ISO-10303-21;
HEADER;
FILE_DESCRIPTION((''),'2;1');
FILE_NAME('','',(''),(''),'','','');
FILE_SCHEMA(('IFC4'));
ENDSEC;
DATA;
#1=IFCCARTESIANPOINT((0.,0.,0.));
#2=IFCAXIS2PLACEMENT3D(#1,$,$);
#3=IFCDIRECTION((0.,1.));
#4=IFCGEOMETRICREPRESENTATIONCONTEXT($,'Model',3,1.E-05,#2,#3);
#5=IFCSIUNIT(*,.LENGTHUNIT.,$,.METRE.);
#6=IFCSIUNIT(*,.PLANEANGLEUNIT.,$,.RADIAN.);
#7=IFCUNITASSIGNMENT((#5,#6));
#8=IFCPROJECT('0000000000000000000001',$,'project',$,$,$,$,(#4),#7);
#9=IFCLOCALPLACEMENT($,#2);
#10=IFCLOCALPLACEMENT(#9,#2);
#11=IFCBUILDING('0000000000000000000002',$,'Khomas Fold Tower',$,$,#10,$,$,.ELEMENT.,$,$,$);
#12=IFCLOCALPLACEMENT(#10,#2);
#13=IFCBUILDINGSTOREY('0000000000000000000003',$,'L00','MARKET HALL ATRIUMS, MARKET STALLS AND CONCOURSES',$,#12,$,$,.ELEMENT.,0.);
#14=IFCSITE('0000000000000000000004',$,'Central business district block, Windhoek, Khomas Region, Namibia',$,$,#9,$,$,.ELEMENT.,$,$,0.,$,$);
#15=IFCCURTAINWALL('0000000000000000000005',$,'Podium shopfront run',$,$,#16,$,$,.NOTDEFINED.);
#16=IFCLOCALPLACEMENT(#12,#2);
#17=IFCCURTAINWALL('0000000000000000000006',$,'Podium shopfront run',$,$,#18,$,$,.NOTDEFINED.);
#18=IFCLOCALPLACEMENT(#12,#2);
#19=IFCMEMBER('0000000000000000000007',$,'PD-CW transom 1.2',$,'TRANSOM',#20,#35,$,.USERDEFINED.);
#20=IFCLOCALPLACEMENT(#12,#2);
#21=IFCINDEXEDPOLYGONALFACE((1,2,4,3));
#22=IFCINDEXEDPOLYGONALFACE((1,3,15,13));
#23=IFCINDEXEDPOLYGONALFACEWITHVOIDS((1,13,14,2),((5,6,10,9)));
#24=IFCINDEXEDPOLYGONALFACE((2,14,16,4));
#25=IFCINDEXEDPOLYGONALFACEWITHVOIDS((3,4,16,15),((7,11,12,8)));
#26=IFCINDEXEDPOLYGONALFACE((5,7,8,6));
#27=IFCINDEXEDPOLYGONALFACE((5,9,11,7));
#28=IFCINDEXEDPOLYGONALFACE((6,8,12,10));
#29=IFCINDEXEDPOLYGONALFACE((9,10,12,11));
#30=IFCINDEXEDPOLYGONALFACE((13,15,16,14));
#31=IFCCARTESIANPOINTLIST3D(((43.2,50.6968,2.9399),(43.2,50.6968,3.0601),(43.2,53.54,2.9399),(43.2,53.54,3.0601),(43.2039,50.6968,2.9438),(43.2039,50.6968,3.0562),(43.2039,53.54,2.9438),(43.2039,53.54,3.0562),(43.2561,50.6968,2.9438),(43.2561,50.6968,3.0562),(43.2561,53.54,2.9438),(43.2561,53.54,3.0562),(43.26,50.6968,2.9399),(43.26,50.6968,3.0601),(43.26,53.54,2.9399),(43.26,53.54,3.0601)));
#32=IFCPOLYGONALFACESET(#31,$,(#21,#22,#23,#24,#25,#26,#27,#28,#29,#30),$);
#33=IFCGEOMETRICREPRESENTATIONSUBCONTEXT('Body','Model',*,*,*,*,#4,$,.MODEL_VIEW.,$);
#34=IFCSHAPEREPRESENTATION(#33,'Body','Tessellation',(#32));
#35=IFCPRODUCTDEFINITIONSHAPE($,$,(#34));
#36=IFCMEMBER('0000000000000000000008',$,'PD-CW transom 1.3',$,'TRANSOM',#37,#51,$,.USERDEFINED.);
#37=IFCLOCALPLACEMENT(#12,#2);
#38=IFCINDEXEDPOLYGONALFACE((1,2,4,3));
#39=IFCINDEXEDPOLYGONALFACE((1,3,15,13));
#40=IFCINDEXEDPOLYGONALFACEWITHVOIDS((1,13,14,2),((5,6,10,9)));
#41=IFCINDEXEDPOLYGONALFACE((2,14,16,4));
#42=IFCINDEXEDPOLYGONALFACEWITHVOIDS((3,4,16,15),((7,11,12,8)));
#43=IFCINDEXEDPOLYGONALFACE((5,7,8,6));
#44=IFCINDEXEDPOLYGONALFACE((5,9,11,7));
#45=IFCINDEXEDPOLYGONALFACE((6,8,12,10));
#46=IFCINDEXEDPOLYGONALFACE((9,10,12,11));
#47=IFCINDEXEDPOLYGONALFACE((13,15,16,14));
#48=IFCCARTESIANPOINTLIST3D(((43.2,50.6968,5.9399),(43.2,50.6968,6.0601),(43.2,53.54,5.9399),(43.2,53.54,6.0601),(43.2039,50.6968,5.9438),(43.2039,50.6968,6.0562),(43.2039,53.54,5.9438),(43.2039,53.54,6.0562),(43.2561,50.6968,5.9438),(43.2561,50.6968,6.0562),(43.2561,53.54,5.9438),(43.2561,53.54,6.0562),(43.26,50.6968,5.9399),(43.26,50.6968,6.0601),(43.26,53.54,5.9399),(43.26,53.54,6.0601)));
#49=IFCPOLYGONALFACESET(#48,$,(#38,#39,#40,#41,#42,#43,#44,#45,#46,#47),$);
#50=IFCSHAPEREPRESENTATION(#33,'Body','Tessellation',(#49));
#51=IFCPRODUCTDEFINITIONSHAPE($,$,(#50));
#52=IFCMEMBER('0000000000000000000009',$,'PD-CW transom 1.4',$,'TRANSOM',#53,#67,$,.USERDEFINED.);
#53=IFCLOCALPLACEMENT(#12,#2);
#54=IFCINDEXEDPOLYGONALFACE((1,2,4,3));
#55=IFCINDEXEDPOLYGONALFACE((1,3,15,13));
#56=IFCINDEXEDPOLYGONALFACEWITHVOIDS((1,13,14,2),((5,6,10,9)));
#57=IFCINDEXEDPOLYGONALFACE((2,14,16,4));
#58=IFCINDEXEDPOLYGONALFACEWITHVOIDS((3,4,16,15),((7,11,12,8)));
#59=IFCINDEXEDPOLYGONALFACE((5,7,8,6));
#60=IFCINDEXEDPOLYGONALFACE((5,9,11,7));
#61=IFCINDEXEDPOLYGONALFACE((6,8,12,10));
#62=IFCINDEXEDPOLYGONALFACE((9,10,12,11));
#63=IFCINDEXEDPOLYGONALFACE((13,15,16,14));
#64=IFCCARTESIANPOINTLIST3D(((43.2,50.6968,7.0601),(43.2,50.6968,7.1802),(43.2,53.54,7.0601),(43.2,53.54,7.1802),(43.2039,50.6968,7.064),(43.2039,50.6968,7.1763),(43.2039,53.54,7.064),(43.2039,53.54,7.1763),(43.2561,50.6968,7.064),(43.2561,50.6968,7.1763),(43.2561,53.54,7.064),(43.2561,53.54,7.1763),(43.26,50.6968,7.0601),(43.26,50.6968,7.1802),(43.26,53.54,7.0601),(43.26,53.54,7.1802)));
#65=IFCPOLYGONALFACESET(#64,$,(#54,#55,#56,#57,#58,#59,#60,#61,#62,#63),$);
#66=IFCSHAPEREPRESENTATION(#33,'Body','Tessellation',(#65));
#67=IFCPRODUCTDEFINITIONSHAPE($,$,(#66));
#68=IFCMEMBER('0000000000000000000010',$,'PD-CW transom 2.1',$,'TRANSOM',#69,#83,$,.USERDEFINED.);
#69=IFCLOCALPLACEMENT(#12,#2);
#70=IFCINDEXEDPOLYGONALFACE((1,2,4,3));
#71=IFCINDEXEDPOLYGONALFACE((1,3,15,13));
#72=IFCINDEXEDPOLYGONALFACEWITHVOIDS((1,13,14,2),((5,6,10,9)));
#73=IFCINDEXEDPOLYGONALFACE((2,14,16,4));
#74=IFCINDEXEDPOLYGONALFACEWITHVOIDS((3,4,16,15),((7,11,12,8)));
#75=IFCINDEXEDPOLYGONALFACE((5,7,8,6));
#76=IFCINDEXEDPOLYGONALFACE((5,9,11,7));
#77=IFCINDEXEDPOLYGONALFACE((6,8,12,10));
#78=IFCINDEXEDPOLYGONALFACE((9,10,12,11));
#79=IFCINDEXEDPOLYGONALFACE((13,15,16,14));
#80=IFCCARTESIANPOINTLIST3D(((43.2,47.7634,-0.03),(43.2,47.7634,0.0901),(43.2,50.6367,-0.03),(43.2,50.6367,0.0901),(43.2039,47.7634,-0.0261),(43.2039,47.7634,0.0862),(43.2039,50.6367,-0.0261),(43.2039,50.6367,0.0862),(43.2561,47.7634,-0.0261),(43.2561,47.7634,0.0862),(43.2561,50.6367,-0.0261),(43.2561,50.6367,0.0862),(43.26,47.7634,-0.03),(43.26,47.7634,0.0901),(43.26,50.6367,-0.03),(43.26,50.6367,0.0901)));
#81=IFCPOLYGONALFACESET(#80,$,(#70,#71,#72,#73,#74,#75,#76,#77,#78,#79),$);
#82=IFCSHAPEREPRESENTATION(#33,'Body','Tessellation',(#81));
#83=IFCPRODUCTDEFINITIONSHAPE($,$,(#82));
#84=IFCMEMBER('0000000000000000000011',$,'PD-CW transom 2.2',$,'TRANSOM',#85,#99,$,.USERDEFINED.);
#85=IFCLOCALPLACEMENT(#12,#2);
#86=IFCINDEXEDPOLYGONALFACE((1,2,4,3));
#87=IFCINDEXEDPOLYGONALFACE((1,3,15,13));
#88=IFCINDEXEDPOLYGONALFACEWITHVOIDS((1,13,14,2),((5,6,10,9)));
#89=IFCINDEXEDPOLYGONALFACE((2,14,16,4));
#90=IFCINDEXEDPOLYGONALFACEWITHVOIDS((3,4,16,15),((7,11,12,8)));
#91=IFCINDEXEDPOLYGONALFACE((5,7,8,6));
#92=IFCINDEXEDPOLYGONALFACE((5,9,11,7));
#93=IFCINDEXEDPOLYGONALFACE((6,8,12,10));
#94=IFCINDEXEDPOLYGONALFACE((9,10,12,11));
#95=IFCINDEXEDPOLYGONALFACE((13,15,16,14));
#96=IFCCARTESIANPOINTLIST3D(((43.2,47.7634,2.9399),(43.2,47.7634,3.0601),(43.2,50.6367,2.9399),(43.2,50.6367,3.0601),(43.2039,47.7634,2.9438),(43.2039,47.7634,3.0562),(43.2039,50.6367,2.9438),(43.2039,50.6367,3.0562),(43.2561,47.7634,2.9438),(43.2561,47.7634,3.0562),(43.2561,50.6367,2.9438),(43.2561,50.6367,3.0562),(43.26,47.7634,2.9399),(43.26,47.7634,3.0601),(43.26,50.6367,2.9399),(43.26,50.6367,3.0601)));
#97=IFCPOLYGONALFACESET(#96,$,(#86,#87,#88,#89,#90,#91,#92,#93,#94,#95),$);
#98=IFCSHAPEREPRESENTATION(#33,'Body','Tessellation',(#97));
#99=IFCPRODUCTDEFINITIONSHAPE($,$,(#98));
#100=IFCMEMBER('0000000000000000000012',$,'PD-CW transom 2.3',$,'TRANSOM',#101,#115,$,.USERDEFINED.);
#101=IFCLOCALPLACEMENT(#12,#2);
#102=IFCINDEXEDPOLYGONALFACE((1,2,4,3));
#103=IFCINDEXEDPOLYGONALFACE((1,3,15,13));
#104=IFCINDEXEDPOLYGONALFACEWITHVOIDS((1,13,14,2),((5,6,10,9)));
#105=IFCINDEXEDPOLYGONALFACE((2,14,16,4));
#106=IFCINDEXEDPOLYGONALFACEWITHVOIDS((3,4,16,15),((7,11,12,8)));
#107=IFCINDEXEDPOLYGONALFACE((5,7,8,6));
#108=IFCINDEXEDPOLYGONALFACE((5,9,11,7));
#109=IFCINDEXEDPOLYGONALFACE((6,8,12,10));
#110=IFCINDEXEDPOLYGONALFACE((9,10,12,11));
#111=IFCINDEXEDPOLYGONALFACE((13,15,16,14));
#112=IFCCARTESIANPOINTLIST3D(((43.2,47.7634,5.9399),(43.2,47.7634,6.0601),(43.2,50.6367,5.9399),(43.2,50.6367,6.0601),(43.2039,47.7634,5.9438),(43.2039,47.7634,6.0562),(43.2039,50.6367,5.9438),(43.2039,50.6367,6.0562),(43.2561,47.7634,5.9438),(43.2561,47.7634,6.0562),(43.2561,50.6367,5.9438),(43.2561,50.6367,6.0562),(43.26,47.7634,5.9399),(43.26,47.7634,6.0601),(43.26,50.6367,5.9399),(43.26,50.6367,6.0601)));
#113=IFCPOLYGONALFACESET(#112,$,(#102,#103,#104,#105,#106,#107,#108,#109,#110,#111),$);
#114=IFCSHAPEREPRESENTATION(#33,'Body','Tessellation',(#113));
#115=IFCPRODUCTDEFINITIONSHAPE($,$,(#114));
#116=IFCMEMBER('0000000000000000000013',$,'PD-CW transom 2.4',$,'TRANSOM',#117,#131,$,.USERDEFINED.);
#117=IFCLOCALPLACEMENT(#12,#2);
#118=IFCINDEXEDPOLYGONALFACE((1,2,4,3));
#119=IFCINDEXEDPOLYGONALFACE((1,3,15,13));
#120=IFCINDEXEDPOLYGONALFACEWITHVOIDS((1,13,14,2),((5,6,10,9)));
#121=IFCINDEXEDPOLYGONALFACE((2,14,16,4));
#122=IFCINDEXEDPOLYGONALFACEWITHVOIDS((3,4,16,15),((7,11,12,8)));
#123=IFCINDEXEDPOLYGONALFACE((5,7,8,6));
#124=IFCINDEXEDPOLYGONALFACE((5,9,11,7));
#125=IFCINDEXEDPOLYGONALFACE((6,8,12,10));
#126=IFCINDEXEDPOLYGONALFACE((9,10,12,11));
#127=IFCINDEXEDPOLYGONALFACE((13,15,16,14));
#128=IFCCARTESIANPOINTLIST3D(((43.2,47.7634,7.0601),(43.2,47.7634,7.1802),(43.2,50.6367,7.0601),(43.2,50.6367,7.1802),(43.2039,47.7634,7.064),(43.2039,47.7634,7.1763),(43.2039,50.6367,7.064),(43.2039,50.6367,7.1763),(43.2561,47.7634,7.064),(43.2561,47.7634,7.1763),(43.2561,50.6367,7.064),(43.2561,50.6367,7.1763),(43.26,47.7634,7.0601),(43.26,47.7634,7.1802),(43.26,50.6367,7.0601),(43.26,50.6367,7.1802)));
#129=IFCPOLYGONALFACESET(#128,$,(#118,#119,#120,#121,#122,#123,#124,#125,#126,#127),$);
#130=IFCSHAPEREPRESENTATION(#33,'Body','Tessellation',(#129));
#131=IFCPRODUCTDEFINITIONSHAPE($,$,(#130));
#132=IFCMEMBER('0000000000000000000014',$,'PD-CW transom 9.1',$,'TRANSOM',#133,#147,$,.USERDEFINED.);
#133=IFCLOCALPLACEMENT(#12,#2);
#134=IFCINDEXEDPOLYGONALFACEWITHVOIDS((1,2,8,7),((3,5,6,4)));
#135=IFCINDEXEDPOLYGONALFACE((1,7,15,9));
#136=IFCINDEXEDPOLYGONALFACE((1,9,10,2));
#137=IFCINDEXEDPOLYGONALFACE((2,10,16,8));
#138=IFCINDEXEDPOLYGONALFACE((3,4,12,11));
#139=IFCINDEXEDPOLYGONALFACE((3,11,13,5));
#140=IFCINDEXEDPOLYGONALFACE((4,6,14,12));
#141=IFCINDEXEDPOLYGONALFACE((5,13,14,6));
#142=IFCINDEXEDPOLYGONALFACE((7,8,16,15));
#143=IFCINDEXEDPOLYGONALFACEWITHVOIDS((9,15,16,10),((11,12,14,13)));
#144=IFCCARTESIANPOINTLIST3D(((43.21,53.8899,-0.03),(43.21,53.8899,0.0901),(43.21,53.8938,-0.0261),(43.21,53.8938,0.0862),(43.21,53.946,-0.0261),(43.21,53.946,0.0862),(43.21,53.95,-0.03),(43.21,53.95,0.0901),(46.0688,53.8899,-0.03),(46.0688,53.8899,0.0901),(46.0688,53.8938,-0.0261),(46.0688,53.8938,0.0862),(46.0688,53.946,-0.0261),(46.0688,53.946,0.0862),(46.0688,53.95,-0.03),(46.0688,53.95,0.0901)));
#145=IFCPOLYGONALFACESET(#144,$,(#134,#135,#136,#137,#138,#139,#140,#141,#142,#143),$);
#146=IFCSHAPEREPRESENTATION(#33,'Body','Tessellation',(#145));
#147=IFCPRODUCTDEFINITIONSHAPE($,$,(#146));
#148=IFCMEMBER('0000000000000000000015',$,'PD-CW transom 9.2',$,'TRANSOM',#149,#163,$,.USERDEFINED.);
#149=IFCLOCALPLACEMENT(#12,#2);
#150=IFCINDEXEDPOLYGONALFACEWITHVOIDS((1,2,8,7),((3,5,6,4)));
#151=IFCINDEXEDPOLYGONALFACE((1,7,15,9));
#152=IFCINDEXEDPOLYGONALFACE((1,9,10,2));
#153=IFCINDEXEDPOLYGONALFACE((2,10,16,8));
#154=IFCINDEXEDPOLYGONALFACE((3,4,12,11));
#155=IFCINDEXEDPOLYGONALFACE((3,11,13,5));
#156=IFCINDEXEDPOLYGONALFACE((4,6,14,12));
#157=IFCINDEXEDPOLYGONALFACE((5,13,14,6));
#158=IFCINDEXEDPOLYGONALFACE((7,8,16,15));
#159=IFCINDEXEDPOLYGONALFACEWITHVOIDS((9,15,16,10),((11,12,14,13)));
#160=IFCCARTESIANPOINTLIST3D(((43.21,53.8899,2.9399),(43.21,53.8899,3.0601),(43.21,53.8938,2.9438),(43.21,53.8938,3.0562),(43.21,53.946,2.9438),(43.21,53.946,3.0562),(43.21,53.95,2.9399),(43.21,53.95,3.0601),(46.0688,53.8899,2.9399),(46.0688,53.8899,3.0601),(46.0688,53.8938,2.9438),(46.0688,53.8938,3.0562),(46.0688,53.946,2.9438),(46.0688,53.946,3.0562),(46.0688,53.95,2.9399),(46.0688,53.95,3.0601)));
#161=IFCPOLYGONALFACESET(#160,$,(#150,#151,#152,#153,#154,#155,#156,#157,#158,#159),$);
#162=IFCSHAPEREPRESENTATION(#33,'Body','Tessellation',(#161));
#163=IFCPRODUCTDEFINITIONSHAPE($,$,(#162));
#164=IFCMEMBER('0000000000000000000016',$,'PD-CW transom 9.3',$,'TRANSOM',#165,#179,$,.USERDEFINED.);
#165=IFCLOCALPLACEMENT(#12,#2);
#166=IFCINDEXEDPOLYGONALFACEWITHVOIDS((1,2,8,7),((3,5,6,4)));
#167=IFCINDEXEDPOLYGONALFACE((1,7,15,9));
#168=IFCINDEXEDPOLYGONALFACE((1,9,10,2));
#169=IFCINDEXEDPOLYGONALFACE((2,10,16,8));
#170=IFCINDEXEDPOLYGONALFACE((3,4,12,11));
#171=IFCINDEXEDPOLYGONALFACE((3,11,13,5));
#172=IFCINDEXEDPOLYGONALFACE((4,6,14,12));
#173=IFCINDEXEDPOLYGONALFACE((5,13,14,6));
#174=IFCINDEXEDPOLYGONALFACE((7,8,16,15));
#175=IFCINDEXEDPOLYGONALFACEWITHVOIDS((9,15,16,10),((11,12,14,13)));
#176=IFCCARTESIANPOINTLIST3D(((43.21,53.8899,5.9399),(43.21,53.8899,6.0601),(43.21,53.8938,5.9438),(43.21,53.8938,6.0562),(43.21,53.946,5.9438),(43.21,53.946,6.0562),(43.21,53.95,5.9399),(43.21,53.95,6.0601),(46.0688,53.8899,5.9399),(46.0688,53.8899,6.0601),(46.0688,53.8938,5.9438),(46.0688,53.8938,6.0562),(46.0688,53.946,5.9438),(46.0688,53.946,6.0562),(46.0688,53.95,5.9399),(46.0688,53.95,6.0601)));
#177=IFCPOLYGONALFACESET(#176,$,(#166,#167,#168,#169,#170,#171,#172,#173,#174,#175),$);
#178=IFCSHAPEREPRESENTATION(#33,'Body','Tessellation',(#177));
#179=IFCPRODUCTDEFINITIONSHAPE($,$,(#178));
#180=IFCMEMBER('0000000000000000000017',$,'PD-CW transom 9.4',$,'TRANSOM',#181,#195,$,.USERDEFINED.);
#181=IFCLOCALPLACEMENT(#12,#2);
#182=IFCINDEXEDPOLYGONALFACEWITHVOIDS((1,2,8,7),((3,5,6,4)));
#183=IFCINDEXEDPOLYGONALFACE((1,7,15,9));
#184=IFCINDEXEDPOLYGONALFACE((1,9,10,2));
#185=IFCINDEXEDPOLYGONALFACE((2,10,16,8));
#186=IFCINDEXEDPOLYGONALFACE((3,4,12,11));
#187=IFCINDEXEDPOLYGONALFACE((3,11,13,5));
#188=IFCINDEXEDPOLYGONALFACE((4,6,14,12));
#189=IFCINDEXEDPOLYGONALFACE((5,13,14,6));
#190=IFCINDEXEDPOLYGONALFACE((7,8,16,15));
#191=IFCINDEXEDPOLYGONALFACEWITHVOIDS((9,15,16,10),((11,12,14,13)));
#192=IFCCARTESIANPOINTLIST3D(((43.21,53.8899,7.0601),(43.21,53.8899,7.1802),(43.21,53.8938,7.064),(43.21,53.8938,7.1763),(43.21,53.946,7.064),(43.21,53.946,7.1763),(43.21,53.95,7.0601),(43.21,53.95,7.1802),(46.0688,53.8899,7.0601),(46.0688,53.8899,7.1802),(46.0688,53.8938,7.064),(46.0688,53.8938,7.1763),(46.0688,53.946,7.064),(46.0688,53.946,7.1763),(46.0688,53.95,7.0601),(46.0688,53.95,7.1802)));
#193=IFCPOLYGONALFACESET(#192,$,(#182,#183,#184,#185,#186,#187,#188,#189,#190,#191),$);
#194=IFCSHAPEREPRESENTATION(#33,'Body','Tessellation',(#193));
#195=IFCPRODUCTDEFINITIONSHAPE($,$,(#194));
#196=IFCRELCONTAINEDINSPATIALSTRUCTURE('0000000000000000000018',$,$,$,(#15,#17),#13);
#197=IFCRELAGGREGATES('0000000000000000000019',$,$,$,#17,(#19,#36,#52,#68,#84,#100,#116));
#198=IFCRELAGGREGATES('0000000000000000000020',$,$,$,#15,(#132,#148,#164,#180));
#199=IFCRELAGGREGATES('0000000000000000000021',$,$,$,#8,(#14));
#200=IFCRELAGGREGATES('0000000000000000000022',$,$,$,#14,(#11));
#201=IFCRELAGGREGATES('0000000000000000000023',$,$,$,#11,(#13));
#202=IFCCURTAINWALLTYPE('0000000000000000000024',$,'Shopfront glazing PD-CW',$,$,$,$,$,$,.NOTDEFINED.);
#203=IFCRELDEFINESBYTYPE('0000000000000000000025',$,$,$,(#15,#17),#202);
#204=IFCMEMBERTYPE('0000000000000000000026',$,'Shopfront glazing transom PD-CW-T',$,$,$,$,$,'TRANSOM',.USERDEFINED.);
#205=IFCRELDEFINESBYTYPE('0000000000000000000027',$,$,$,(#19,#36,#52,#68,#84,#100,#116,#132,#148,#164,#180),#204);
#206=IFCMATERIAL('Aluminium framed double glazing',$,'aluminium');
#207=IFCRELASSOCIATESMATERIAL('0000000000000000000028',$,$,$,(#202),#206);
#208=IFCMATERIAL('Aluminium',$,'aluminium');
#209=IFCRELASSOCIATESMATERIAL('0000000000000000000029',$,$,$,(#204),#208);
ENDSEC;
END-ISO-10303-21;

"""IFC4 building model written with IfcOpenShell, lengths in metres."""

from ifc_helpers import new_model, si_unit, direction, frame, origin, origin_2d, place, context, subcontext, project, spatial, hollow_rectangle, extrude, source, transform, mapped, material, material_profile, profile_set, type_object, element, aggregate, save


model = new_model("IFC4")

# Units and contexts
model_context = context("Model", 3, precision=1e-05, world=origin(), true_north=direction((0.0, 1.0)))
body_context = subcontext(model_context, "Body", "Model", "MODEL_VIEW")
ifc_project = project(units=[si_unit("LENGTHUNIT", "METRE"), si_unit("PLANEANGLEUNIT", "RADIAN")], contexts=[model_context])

# Site, building, storey
site_placement = place(None, origin())
site = spatial("IfcSite", under=ifc_project, at=site_placement, Name="Central business district block, Windhoek, Khomas Region, Namibia", CompositionType="ELEMENT", RefElevation=0.0)
building_placement = place(site_placement, origin())
building = spatial("IfcBuilding", under=site, at=building_placement, Name="Khomas Fold Tower", CompositionType="ELEMENT")
storey_placement = place(building_placement, origin())
storey = spatial("IfcBuildingStorey", under=building, at=storey_placement, Name="L00", Description="MARKET HALL ATRIUMS, MARKET STALLS AND CONCOURSES", CompositionType="ELEMENT", Elevation=0.0)

# Curtain walls, members
ifc_material_1 = material(Name="Aluminium framed double glazing", Category="aluminium")
curtain_wall_type = type_object("IfcCurtainWallType", Name="Shopfront glazing PD-CW", PredefinedType="NOTDEFINED", material=ifc_material_1)
curtain_wall_1_placement = place(storey_placement, origin())
curtain_wall_1 = element("IfcCurtainWall", 1, at=curtain_wall_1_placement, inside=storey, type_object=curtain_wall_type, Name="Podium shopfront run", PredefinedType="NOTDEFINED")
curtain_wall_2_placement = place(storey_placement, origin())
curtain_wall_2 = element("IfcCurtainWall", 2, at=curtain_wall_2_placement, inside=storey, type_object=curtain_wall_type, Name="Podium shopfront run", PredefinedType="NOTDEFINED")
ifc_material_2 = material(Name="Aluminium", Category="aluminium")
ifc_material_profile_1 = material_profile(ifc_material_2, hollow_rectangle(XDim=0.0601, YDim=0.1201, WallThickness=0.0039, at=origin_2d()), Name="Shopfront glazing transom PD-CW-T")
ifc_profile_set_1 = profile_set([ifc_material_profile_1], Name="Aluminium")
member_type_1 = type_object("IfcMemberType", Name="Shopfront glazing transom PD-CW-T", ElementType="TRANSOM", PredefinedType="USERDEFINED", material=ifc_profile_set_1)
shared_shape_1 = source(origin(), body_context, "Body", "SweptSolid", [
    extrude(hollow_rectangle(XDim=0.0601, YDim=0.1201, WallThickness=0.0039, at=origin_2d()), origin(), (0.0, 0.0, 1.0), 2.8433),
])
member_1_placement = place(storey_placement, frame((43.23, 53.54, 3.0), z_axis=(0.0, -1.0, 0.0), x_axis=(1.0, 0.0, 0.0)))
member_1 = element("IfcMember", 3, at=member_1_placement, type_object=member_type_1, Name="PD-CW transom 1.2", ObjectType="TRANSOM", PredefinedType="USERDEFINED", context=body_context, shape_type="MappedRepresentation", body=[
    mapped(shared_shape_1, transform((0.0, 0.0, 0.0))),
])
member_2_placement = place(storey_placement, frame((43.23, 53.54, 6.0), z_axis=(0.0, -1.0, 0.0), x_axis=(1.0, 0.0, 0.0)))
member_2 = element("IfcMember", 4, at=member_2_placement, type_object=member_type_1, Name="PD-CW transom 1.3", ObjectType="TRANSOM", PredefinedType="USERDEFINED", context=body_context, shape_type="MappedRepresentation", body=[
    mapped(shared_shape_1, transform((0.0, 0.0, 0.0))),
])
member_3_placement = place(storey_placement, frame((43.23, 53.54, 7.1201), z_axis=(0.0, -1.0, 0.0), x_axis=(1.0, 0.0, 0.0)))
member_3 = element("IfcMember", 5, at=member_3_placement, type_object=member_type_1, Name="PD-CW transom 1.4", ObjectType="TRANSOM", PredefinedType="USERDEFINED", context=body_context, shape_type="MappedRepresentation", body=[
    mapped(shared_shape_1, transform((0.0, 0.0, 0.0))),
])
shared_shape_2 = source(origin(), body_context, "Body", "SweptSolid", [
    extrude(hollow_rectangle(XDim=0.0601, YDim=0.1201, WallThickness=0.0039, at=origin_2d()), origin(), (0.0, 0.0, 1.0), 2.8733),
])
member_4_placement = place(storey_placement, frame((43.23, 50.6367, 0.03), z_axis=(0.0, -1.0, 0.0), x_axis=(1.0, 0.0, 0.0)))
member_4 = element("IfcMember", 6, at=member_4_placement, type_object=member_type_1, Name="PD-CW transom 2.1", ObjectType="TRANSOM", PredefinedType="USERDEFINED", context=body_context, shape_type="MappedRepresentation", body=[
    mapped(shared_shape_2, transform((0.0, 0.0, 0.0))),
])
member_5_placement = place(storey_placement, frame((43.23, 50.6367, 3.0), z_axis=(0.0, -1.0, 0.0), x_axis=(1.0, 0.0, 0.0)))
member_5 = element("IfcMember", 7, at=member_5_placement, type_object=member_type_1, Name="PD-CW transom 2.2", ObjectType="TRANSOM", PredefinedType="USERDEFINED", context=body_context, shape_type="MappedRepresentation", body=[
    mapped(shared_shape_2, transform((0.0, 0.0, 0.0))),
])
member_6_placement = place(storey_placement, frame((43.23, 50.6367, 6.0), z_axis=(0.0, -1.0, 0.0), x_axis=(1.0, 0.0, 0.0)))
member_6 = element("IfcMember", 8, at=member_6_placement, type_object=member_type_1, Name="PD-CW transom 2.3", ObjectType="TRANSOM", PredefinedType="USERDEFINED", context=body_context, shape_type="MappedRepresentation", body=[
    mapped(shared_shape_2, transform((0.0, 0.0, 0.0))),
])
member_7_placement = place(storey_placement, frame((43.23, 50.6367, 7.1201), z_axis=(0.0, -1.0, 0.0), x_axis=(1.0, 0.0, 0.0)))
member_7 = element("IfcMember", 9, at=member_7_placement, type_object=member_type_1, Name="PD-CW transom 2.4", ObjectType="TRANSOM", PredefinedType="USERDEFINED", context=body_context, shape_type="MappedRepresentation", body=[
    mapped(shared_shape_2, transform((0.0, 0.0, 0.0))),
])

# Members
shared_shape_3 = source(origin(), body_context, "Body", "SweptSolid", [
    extrude(hollow_rectangle(XDim=0.0601, YDim=0.1201, WallThickness=0.0039, at=origin_2d()), origin(), (0.0, 0.0, 1.0), 2.8589),
])
member_8_placement = place(storey_placement, frame((46.0688, 53.9199, 0.03), z_axis=(-1.0, 0.0, 0.0), x_axis=(0.0, -1.0, 0.0)))
member_8 = element("IfcMember", 10, at=member_8_placement, type_object=member_type_1, Name="PD-CW transom 9.1", ObjectType="TRANSOM", PredefinedType="USERDEFINED", context=body_context, shape_type="MappedRepresentation", body=[
    mapped(shared_shape_3, transform((0.0, 0.0, 0.0))),
])
member_9_placement = place(storey_placement, frame((46.0688, 53.9199, 3.0), z_axis=(-1.0, 0.0, 0.0), x_axis=(0.0, -1.0, 0.0)))
member_9 = element("IfcMember", 11, at=member_9_placement, type_object=member_type_1, Name="PD-CW transom 9.2", ObjectType="TRANSOM", PredefinedType="USERDEFINED", context=body_context, shape_type="MappedRepresentation", body=[
    mapped(shared_shape_3, transform((0.0, 0.0, 0.0))),
])
member_10_placement = place(storey_placement, frame((46.0688, 53.9199, 6.0), z_axis=(-1.0, 0.0, 0.0), x_axis=(0.0, -1.0, 0.0)))
member_10 = element("IfcMember", 12, at=member_10_placement, type_object=member_type_1, Name="PD-CW transom 9.3", ObjectType="TRANSOM", PredefinedType="USERDEFINED", context=body_context, shape_type="MappedRepresentation", body=[
    mapped(shared_shape_3, transform((0.0, 0.0, 0.0))),
])
member_11_placement = place(storey_placement, frame((46.0688, 53.9199, 7.1201), z_axis=(-1.0, 0.0, 0.0), x_axis=(0.0, -1.0, 0.0)))
member_11 = element("IfcMember", 13, at=member_11_placement, type_object=member_type_1, Name="PD-CW transom 9.4", ObjectType="TRANSOM", PredefinedType="USERDEFINED", context=body_context, shape_type="MappedRepresentation", body=[
    mapped(shared_shape_3, transform((0.0, 0.0, 0.0))),
])

aggregate(curtain_wall_2, [member_1, member_2, member_3, member_4, member_5, member_6, member_7])
aggregate(curtain_wall_1, [member_8, member_9, member_10, member_11])

save(model, "model.ifc")
